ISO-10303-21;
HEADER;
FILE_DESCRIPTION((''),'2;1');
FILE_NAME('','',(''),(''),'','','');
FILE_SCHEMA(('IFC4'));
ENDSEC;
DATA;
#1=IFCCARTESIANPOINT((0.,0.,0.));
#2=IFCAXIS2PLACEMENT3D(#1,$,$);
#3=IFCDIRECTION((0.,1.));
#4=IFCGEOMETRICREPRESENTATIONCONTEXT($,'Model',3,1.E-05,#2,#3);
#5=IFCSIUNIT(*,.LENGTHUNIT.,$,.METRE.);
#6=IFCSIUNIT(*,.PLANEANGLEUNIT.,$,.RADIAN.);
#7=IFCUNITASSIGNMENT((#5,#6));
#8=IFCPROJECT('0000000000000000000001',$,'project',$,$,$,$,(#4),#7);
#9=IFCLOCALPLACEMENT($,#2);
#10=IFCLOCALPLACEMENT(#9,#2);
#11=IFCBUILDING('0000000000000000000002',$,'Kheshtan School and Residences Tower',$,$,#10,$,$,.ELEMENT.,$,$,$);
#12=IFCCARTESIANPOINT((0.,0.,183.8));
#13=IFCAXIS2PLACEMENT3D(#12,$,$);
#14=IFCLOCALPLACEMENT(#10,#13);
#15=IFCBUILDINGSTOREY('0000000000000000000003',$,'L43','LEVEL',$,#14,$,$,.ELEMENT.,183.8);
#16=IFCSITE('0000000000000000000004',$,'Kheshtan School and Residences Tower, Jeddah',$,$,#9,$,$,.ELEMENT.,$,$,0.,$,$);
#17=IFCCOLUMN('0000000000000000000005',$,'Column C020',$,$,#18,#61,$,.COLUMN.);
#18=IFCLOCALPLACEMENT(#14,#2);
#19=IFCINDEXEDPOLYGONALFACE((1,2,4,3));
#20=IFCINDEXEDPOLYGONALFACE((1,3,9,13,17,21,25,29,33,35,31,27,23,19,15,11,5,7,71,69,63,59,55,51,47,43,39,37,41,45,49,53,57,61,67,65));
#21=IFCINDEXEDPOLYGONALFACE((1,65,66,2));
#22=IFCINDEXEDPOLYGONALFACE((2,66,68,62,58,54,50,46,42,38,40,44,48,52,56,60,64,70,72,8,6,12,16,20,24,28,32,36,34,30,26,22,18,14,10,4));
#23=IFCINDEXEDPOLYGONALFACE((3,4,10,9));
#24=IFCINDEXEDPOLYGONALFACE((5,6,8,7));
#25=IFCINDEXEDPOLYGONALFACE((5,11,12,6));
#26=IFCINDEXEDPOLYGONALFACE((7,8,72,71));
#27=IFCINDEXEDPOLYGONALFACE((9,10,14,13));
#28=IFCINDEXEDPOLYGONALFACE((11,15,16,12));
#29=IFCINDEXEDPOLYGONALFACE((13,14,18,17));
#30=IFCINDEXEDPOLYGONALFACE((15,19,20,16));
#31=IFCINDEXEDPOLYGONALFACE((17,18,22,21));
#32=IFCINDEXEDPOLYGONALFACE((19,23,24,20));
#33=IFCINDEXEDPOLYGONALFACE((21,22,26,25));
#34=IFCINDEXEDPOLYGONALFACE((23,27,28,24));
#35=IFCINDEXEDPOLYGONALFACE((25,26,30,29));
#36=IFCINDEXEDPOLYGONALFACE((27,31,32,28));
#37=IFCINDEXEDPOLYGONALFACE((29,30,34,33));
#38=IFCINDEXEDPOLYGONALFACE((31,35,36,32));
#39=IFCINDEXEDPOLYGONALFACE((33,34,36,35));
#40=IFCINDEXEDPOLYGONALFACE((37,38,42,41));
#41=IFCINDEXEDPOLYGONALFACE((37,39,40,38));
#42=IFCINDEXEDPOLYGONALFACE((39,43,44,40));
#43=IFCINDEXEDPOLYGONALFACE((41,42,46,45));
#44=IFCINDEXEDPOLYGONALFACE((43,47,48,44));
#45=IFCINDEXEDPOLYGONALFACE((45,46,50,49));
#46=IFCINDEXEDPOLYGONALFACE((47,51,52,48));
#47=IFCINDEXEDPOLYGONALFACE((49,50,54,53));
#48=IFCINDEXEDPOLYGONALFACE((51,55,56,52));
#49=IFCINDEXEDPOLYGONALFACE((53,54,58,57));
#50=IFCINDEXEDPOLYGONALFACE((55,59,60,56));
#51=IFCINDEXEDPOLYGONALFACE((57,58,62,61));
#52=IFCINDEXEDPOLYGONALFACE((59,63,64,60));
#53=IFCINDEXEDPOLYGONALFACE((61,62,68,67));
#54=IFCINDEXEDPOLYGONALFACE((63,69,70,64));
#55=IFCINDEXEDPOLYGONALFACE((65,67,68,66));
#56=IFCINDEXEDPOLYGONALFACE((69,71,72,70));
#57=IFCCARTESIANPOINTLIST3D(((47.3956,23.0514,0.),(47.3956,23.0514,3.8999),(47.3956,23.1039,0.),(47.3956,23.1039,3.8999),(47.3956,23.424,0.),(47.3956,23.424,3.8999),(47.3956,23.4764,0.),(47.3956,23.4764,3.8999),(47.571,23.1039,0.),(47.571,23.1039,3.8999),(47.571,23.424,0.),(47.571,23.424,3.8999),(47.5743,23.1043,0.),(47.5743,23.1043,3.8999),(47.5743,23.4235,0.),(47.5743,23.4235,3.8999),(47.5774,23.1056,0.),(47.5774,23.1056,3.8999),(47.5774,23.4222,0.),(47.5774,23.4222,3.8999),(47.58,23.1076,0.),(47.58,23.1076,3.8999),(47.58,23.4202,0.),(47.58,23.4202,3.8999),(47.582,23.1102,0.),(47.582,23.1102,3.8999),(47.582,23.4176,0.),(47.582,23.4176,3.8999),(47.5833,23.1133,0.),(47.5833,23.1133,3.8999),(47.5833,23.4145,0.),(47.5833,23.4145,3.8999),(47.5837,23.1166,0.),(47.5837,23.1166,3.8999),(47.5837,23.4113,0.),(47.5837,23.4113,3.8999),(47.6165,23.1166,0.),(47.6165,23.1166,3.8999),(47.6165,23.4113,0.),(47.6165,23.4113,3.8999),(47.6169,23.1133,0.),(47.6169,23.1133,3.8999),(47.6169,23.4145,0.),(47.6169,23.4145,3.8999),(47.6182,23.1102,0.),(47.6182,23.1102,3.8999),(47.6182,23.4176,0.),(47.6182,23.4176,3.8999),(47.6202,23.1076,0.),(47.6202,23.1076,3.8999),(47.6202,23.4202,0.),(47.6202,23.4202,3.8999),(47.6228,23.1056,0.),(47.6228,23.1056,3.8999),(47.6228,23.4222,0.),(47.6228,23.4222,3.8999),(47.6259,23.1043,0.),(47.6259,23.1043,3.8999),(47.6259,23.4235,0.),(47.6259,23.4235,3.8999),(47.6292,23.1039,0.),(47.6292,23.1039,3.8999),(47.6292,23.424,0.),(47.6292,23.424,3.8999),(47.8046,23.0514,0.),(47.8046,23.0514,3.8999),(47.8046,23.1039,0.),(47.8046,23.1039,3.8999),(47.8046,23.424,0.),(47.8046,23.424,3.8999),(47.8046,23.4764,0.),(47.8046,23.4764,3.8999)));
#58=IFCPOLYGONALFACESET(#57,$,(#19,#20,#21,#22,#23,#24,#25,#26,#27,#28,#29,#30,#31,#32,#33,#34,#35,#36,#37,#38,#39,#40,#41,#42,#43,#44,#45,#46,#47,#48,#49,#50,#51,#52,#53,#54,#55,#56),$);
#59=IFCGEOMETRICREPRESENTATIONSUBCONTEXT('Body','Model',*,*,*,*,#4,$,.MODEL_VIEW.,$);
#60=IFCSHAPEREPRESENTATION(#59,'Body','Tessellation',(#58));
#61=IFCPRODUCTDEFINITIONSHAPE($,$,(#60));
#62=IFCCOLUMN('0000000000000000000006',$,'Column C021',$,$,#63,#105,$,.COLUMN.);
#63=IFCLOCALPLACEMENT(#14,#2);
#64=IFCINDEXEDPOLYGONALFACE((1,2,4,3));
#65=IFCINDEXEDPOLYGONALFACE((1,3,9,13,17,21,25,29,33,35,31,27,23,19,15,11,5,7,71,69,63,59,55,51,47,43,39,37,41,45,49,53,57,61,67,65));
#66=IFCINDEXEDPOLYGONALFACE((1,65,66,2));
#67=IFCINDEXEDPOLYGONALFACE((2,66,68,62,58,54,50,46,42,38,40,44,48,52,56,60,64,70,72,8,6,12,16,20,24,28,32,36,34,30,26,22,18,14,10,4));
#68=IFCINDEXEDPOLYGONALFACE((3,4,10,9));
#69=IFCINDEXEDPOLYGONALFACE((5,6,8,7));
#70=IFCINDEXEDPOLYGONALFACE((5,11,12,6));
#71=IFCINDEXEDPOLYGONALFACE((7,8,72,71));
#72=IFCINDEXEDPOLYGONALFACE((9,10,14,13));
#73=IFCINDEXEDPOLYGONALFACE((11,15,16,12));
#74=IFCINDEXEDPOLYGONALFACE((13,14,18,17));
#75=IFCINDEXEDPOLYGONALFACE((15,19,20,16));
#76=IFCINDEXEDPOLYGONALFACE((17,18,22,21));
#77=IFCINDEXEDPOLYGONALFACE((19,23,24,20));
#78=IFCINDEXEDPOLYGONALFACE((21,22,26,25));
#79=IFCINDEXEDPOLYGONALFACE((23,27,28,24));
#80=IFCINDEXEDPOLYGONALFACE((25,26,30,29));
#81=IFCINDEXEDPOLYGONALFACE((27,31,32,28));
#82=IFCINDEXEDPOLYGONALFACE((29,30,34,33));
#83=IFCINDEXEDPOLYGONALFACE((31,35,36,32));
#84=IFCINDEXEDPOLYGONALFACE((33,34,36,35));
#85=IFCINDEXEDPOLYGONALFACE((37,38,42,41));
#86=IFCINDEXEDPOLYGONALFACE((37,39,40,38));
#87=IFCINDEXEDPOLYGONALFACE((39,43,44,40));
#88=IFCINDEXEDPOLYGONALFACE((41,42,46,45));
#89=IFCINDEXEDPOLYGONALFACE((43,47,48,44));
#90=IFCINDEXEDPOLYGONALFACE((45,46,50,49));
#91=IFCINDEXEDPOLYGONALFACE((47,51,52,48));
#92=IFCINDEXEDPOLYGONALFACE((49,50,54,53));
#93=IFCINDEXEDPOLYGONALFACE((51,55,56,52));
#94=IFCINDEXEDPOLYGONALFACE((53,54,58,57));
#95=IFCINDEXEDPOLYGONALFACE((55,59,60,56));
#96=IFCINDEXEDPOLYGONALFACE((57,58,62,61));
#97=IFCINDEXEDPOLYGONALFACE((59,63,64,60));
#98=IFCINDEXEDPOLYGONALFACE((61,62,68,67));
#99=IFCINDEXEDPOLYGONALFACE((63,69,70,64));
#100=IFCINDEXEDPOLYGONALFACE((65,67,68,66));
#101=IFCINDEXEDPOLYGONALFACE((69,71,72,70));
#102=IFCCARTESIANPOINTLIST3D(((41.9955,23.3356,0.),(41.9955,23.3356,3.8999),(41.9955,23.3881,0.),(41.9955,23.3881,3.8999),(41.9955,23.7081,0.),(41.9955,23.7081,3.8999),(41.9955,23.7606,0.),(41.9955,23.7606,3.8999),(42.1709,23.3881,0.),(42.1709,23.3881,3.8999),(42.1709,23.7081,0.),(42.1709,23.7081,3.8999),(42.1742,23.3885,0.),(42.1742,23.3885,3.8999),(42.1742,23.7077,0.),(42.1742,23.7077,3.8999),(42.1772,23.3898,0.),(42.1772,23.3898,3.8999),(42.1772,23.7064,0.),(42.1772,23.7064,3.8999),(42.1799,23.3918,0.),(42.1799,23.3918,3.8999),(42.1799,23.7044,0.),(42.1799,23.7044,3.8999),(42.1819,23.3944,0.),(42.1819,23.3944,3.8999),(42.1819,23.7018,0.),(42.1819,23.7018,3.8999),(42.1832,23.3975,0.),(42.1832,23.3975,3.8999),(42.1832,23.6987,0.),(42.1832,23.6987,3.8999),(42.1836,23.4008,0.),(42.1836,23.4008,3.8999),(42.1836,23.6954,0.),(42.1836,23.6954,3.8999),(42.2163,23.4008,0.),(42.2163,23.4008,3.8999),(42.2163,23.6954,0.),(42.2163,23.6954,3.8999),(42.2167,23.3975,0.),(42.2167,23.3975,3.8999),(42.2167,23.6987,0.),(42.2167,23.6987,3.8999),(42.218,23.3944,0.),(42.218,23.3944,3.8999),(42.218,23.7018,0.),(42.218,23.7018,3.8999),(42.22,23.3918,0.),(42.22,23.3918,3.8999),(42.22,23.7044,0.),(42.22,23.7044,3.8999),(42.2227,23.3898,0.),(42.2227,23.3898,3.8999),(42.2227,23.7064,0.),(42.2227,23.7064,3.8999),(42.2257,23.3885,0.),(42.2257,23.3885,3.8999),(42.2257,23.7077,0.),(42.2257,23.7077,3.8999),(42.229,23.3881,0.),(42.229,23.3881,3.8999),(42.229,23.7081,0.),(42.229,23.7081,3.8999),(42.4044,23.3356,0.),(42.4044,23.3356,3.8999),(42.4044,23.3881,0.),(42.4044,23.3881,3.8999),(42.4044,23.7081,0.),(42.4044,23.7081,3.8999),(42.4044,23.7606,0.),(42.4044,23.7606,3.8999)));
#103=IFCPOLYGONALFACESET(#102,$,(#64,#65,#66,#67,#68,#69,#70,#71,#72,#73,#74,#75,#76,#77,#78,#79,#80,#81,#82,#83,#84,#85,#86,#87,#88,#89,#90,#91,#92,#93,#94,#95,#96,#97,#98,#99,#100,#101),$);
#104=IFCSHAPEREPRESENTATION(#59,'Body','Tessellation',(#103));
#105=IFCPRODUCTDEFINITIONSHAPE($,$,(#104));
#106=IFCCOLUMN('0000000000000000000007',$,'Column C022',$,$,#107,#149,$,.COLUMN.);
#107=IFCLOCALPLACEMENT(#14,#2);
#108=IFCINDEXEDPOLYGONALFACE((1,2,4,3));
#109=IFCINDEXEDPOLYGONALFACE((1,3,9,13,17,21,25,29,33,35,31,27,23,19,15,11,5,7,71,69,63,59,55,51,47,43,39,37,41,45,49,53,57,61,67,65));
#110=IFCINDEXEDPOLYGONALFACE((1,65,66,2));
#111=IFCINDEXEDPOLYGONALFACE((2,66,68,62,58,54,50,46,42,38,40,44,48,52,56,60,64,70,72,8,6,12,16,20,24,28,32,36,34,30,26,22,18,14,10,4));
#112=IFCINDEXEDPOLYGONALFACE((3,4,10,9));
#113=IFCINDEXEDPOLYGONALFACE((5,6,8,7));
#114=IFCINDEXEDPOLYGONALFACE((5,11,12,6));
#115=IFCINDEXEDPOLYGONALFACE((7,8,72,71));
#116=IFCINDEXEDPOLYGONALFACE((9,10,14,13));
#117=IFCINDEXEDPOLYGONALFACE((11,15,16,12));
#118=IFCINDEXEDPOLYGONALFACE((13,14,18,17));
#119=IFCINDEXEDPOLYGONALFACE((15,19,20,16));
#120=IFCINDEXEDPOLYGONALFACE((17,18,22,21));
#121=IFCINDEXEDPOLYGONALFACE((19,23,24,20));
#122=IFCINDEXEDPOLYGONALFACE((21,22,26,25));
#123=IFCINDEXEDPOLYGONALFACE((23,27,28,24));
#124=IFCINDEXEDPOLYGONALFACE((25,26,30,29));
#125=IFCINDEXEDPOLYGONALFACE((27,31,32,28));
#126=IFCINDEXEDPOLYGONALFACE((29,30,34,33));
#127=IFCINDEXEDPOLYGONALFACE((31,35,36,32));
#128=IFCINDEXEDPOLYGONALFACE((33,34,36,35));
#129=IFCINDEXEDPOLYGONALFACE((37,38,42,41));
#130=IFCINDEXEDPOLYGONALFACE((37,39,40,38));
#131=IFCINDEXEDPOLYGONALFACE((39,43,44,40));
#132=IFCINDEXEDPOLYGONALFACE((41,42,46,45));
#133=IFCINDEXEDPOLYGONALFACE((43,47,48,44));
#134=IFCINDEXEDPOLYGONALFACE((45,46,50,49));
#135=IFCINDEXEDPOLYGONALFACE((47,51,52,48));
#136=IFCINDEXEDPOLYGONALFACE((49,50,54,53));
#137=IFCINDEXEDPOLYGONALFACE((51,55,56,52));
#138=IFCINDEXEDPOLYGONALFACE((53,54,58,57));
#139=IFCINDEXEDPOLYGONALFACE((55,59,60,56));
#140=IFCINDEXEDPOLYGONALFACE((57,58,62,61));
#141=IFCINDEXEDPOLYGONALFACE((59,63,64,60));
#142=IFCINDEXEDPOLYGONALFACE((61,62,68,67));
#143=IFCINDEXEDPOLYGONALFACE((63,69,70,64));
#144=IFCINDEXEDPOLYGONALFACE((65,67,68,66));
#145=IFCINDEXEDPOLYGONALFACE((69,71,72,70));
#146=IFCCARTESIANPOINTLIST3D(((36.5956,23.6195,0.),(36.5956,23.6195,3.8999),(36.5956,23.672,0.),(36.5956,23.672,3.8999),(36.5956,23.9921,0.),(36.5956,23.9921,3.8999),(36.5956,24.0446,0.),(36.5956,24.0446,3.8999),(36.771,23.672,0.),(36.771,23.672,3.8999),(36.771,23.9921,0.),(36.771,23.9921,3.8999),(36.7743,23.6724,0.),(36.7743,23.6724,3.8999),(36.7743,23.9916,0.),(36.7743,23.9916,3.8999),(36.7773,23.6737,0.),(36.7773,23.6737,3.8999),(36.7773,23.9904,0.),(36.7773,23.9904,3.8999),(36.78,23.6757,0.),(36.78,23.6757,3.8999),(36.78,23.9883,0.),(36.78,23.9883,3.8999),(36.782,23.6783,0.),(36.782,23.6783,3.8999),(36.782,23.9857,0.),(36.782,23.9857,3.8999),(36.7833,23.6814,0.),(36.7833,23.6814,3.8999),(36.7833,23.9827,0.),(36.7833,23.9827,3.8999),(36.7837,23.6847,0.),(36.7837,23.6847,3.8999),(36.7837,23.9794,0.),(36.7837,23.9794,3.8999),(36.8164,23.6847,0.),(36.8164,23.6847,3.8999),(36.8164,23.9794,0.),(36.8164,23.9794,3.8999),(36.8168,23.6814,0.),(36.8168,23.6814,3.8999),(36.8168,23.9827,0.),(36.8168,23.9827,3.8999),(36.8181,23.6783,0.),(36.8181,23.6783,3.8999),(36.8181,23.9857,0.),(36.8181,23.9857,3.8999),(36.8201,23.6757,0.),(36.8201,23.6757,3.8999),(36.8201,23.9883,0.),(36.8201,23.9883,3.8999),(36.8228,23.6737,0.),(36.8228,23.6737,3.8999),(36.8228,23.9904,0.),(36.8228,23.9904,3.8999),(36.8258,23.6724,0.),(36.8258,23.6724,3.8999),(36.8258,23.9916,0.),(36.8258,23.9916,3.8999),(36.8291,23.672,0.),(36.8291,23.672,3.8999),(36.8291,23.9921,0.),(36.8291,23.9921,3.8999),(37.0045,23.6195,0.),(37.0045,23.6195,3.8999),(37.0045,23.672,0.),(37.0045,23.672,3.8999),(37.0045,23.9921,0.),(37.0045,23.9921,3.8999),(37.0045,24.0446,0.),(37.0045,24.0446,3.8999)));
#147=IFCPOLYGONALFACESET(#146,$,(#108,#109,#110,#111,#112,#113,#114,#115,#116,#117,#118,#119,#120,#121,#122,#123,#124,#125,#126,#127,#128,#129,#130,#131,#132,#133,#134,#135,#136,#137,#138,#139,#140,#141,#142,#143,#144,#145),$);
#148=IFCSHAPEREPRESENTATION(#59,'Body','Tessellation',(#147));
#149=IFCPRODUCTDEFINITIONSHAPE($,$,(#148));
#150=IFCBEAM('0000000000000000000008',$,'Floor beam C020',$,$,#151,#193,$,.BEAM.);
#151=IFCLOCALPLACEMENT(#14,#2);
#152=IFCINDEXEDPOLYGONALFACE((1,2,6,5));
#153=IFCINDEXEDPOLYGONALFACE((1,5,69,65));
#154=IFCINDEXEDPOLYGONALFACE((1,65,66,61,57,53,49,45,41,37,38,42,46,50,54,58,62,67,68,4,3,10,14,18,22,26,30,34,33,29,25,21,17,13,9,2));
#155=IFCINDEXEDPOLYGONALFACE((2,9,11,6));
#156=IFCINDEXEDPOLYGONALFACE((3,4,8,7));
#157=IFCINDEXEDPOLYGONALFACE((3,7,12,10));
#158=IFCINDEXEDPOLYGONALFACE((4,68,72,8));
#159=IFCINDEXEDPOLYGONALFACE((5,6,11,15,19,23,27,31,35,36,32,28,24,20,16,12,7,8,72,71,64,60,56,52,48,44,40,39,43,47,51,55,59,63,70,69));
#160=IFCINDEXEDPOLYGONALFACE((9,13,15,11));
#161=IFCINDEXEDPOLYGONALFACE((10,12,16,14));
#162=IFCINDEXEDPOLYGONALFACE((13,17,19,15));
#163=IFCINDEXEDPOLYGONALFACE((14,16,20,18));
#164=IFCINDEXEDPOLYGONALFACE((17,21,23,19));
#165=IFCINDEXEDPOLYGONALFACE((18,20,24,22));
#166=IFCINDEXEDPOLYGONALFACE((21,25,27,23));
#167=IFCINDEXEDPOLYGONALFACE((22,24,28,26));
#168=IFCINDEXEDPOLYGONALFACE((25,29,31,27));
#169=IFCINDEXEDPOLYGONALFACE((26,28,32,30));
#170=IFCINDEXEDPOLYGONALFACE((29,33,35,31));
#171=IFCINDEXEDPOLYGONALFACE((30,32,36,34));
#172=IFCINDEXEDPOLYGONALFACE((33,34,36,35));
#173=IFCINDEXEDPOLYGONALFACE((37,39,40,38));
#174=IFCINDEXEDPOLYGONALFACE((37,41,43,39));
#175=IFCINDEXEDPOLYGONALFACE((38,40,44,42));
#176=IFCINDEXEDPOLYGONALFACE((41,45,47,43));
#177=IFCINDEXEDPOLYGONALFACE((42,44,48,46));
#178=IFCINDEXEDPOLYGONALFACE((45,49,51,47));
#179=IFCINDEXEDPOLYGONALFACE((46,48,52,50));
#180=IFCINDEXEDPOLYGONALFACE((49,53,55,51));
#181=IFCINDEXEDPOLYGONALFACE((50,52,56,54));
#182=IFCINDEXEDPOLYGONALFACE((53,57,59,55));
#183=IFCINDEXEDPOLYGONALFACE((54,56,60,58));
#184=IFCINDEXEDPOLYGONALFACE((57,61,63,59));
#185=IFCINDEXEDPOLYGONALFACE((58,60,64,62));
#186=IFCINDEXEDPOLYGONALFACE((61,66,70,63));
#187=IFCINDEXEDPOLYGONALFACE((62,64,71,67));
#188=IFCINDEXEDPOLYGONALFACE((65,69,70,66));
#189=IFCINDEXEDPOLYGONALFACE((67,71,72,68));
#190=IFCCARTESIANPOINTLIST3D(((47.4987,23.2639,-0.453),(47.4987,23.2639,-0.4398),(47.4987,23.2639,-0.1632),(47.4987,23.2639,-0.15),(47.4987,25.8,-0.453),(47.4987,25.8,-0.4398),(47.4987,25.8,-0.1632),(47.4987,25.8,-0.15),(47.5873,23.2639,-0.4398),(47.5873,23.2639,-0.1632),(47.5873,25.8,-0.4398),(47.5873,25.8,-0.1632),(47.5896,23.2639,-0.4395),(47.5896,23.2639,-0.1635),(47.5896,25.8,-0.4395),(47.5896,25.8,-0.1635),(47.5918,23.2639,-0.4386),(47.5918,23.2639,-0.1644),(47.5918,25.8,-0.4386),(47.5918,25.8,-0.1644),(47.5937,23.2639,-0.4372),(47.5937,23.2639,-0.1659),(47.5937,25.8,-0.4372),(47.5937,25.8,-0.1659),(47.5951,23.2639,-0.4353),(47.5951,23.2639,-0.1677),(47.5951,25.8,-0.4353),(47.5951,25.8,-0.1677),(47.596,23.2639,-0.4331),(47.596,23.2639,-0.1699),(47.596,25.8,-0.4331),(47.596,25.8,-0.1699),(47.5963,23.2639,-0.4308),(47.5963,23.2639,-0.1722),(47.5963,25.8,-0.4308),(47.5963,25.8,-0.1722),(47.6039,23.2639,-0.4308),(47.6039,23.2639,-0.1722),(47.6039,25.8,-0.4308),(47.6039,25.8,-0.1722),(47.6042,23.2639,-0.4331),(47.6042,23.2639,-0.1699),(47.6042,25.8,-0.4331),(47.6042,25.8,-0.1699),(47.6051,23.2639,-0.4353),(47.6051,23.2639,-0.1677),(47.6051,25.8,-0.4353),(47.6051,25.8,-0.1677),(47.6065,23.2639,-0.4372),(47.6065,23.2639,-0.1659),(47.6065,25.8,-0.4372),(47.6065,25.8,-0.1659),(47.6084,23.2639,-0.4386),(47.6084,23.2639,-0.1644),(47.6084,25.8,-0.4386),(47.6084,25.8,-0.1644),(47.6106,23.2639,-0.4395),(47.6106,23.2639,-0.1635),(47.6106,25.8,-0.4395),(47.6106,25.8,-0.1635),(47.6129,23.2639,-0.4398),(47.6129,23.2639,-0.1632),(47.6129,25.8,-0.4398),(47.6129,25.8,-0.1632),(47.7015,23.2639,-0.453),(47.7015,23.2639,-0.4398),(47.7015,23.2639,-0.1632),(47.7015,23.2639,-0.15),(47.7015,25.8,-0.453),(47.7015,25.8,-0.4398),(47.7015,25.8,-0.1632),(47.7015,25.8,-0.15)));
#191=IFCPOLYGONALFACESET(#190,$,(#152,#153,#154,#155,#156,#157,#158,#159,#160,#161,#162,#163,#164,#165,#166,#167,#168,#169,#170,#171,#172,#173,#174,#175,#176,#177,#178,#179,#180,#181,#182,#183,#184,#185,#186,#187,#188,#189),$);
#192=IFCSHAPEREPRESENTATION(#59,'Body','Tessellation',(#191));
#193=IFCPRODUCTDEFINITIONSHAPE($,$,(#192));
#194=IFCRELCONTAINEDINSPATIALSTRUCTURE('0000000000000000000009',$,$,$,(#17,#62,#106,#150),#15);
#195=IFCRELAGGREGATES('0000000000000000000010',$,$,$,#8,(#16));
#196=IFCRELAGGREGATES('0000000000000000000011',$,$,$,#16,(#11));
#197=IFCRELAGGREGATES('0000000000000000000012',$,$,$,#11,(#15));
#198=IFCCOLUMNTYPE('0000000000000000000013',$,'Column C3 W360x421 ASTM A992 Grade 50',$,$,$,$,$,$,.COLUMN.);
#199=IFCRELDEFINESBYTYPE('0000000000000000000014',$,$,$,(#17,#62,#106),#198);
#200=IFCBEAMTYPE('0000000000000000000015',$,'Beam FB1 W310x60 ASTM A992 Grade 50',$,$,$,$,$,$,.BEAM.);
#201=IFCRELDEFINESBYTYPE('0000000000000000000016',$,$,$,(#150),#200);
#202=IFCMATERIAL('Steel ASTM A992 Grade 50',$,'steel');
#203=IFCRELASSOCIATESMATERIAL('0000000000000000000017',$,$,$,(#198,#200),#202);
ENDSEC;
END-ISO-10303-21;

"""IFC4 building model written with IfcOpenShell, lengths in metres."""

from ifc_helpers import new_model, si_unit, direction, frame, origin, origin_2d, place, context, subcontext, project, spatial, i_section, extrude, material, material_profile, profile_set, type_object, element, save


model = new_model("IFC4")

# Units and contexts
model_context = context("Model", 3, precision=1e-05, world=origin(), true_north=direction((0.0, 1.0)))
body_context = subcontext(model_context, "Body", "Model", "MODEL_VIEW")
ifc_project = project(units=[si_unit("LENGTHUNIT", "METRE"), si_unit("PLANEANGLEUNIT", "RADIAN")], contexts=[model_context])

# Site, building, storey
site_placement = place(None, origin())
site = spatial("IfcSite", under=ifc_project, at=site_placement, Name="Kheshtan School and Residences Tower, Jeddah", CompositionType="ELEMENT", RefElevation=0.0)
building_placement = place(site_placement, origin())
building = spatial("IfcBuilding", under=site, at=building_placement, Name="Kheshtan School and Residences Tower", CompositionType="ELEMENT")
storey_placement = place(building_placement, frame((0.0, 0.0, 183.8)))
storey = spatial("IfcBuildingStorey", under=building, at=storey_placement, Name="L43", Description="LEVEL", CompositionType="ELEMENT", Elevation=183.8)

# Columns
ifc_material_1 = material(Name="Steel ASTM A992 Grade 50", Category="steel")
ifc_material_profile_1 = material_profile(ifc_material_1, i_section(OverallWidth=0.4089, OverallDepth=0.425, WebThickness=0.0327, FlangeThickness=0.0525, FilletRadius=0.0127, at=origin_2d()), Name="W360x421")
ifc_profile_set_1 = profile_set([ifc_material_profile_1], Name="Steel ASTM A992 Grade 50")
column_type = type_object("IfcColumnType", Name="Column C3 W360x421 ASTM A992 Grade 50", PredefinedType="COLUMN", material=ifc_profile_set_1)
for number, where, z_axis, x_axis, name in (
    (1, (47.6001, 23.2639, 0.0), (0.0, 0.0, 1.0), (1.0, 0.0, 0.0), "Column C020"),
    (2, (42.2, 23.5481, 0.0), (0.0, 0.0, 1.0), (1.0, 0.0, 0.0), "Column C021"),
    (3, (36.8, 23.832, 0.0), (0.0, 0.0, 1.0), (1.0, 0.0, 0.0), "Column C022"),
):
    element("IfcColumn", number, at=place(storey_placement, frame(where, z_axis=z_axis, x_axis=x_axis)), inside=storey, type_object=column_type, Name=name, PredefinedType="COLUMN", context=body_context, shape_type="SweptSolid", body=[
        extrude(i_section(OverallWidth=0.4089, OverallDepth=0.425, WebThickness=0.0327, FlangeThickness=0.0525, FilletRadius=0.0127, at=origin_2d()), origin(), (0.0, 0.0, 1.0), 3.8999),
    ])

# Beam
ifc_material_profile_2 = material_profile(ifc_material_1, i_section(OverallWidth=0.2029, OverallDepth=0.303, WebThickness=0.0076, FlangeThickness=0.0132, FilletRadius=0.009, at=origin_2d()), Name="W310x60")
ifc_profile_set_2 = profile_set([ifc_material_profile_2], Name="Steel ASTM A992 Grade 50")
beam_type_1 = type_object("IfcBeamType", Name="Beam FB1 W310x60 ASTM A992 Grade 50", PredefinedType="BEAM", material=ifc_profile_set_2)
beam_1_placement = place(storey_placement, frame((47.6001, 23.2639, -0.3015), z_axis=(0.0, 1.0, 0.0), x_axis=(-1.0, 0.0, 0.0)))
element("IfcBeam", 4, at=beam_1_placement, inside=storey, type_object=beam_type_1, Name="Floor beam C020", PredefinedType="BEAM", context=body_context, shape_type="SweptSolid", body=[
    extrude(i_section(OverallWidth=0.2029, OverallDepth=0.303, WebThickness=0.0076, FlangeThickness=0.0132, FilletRadius=0.009, at=origin_2d()), origin(), (0.0, 0.0, 1.0), 2.5361),
])

save(model, "model.ifc")
